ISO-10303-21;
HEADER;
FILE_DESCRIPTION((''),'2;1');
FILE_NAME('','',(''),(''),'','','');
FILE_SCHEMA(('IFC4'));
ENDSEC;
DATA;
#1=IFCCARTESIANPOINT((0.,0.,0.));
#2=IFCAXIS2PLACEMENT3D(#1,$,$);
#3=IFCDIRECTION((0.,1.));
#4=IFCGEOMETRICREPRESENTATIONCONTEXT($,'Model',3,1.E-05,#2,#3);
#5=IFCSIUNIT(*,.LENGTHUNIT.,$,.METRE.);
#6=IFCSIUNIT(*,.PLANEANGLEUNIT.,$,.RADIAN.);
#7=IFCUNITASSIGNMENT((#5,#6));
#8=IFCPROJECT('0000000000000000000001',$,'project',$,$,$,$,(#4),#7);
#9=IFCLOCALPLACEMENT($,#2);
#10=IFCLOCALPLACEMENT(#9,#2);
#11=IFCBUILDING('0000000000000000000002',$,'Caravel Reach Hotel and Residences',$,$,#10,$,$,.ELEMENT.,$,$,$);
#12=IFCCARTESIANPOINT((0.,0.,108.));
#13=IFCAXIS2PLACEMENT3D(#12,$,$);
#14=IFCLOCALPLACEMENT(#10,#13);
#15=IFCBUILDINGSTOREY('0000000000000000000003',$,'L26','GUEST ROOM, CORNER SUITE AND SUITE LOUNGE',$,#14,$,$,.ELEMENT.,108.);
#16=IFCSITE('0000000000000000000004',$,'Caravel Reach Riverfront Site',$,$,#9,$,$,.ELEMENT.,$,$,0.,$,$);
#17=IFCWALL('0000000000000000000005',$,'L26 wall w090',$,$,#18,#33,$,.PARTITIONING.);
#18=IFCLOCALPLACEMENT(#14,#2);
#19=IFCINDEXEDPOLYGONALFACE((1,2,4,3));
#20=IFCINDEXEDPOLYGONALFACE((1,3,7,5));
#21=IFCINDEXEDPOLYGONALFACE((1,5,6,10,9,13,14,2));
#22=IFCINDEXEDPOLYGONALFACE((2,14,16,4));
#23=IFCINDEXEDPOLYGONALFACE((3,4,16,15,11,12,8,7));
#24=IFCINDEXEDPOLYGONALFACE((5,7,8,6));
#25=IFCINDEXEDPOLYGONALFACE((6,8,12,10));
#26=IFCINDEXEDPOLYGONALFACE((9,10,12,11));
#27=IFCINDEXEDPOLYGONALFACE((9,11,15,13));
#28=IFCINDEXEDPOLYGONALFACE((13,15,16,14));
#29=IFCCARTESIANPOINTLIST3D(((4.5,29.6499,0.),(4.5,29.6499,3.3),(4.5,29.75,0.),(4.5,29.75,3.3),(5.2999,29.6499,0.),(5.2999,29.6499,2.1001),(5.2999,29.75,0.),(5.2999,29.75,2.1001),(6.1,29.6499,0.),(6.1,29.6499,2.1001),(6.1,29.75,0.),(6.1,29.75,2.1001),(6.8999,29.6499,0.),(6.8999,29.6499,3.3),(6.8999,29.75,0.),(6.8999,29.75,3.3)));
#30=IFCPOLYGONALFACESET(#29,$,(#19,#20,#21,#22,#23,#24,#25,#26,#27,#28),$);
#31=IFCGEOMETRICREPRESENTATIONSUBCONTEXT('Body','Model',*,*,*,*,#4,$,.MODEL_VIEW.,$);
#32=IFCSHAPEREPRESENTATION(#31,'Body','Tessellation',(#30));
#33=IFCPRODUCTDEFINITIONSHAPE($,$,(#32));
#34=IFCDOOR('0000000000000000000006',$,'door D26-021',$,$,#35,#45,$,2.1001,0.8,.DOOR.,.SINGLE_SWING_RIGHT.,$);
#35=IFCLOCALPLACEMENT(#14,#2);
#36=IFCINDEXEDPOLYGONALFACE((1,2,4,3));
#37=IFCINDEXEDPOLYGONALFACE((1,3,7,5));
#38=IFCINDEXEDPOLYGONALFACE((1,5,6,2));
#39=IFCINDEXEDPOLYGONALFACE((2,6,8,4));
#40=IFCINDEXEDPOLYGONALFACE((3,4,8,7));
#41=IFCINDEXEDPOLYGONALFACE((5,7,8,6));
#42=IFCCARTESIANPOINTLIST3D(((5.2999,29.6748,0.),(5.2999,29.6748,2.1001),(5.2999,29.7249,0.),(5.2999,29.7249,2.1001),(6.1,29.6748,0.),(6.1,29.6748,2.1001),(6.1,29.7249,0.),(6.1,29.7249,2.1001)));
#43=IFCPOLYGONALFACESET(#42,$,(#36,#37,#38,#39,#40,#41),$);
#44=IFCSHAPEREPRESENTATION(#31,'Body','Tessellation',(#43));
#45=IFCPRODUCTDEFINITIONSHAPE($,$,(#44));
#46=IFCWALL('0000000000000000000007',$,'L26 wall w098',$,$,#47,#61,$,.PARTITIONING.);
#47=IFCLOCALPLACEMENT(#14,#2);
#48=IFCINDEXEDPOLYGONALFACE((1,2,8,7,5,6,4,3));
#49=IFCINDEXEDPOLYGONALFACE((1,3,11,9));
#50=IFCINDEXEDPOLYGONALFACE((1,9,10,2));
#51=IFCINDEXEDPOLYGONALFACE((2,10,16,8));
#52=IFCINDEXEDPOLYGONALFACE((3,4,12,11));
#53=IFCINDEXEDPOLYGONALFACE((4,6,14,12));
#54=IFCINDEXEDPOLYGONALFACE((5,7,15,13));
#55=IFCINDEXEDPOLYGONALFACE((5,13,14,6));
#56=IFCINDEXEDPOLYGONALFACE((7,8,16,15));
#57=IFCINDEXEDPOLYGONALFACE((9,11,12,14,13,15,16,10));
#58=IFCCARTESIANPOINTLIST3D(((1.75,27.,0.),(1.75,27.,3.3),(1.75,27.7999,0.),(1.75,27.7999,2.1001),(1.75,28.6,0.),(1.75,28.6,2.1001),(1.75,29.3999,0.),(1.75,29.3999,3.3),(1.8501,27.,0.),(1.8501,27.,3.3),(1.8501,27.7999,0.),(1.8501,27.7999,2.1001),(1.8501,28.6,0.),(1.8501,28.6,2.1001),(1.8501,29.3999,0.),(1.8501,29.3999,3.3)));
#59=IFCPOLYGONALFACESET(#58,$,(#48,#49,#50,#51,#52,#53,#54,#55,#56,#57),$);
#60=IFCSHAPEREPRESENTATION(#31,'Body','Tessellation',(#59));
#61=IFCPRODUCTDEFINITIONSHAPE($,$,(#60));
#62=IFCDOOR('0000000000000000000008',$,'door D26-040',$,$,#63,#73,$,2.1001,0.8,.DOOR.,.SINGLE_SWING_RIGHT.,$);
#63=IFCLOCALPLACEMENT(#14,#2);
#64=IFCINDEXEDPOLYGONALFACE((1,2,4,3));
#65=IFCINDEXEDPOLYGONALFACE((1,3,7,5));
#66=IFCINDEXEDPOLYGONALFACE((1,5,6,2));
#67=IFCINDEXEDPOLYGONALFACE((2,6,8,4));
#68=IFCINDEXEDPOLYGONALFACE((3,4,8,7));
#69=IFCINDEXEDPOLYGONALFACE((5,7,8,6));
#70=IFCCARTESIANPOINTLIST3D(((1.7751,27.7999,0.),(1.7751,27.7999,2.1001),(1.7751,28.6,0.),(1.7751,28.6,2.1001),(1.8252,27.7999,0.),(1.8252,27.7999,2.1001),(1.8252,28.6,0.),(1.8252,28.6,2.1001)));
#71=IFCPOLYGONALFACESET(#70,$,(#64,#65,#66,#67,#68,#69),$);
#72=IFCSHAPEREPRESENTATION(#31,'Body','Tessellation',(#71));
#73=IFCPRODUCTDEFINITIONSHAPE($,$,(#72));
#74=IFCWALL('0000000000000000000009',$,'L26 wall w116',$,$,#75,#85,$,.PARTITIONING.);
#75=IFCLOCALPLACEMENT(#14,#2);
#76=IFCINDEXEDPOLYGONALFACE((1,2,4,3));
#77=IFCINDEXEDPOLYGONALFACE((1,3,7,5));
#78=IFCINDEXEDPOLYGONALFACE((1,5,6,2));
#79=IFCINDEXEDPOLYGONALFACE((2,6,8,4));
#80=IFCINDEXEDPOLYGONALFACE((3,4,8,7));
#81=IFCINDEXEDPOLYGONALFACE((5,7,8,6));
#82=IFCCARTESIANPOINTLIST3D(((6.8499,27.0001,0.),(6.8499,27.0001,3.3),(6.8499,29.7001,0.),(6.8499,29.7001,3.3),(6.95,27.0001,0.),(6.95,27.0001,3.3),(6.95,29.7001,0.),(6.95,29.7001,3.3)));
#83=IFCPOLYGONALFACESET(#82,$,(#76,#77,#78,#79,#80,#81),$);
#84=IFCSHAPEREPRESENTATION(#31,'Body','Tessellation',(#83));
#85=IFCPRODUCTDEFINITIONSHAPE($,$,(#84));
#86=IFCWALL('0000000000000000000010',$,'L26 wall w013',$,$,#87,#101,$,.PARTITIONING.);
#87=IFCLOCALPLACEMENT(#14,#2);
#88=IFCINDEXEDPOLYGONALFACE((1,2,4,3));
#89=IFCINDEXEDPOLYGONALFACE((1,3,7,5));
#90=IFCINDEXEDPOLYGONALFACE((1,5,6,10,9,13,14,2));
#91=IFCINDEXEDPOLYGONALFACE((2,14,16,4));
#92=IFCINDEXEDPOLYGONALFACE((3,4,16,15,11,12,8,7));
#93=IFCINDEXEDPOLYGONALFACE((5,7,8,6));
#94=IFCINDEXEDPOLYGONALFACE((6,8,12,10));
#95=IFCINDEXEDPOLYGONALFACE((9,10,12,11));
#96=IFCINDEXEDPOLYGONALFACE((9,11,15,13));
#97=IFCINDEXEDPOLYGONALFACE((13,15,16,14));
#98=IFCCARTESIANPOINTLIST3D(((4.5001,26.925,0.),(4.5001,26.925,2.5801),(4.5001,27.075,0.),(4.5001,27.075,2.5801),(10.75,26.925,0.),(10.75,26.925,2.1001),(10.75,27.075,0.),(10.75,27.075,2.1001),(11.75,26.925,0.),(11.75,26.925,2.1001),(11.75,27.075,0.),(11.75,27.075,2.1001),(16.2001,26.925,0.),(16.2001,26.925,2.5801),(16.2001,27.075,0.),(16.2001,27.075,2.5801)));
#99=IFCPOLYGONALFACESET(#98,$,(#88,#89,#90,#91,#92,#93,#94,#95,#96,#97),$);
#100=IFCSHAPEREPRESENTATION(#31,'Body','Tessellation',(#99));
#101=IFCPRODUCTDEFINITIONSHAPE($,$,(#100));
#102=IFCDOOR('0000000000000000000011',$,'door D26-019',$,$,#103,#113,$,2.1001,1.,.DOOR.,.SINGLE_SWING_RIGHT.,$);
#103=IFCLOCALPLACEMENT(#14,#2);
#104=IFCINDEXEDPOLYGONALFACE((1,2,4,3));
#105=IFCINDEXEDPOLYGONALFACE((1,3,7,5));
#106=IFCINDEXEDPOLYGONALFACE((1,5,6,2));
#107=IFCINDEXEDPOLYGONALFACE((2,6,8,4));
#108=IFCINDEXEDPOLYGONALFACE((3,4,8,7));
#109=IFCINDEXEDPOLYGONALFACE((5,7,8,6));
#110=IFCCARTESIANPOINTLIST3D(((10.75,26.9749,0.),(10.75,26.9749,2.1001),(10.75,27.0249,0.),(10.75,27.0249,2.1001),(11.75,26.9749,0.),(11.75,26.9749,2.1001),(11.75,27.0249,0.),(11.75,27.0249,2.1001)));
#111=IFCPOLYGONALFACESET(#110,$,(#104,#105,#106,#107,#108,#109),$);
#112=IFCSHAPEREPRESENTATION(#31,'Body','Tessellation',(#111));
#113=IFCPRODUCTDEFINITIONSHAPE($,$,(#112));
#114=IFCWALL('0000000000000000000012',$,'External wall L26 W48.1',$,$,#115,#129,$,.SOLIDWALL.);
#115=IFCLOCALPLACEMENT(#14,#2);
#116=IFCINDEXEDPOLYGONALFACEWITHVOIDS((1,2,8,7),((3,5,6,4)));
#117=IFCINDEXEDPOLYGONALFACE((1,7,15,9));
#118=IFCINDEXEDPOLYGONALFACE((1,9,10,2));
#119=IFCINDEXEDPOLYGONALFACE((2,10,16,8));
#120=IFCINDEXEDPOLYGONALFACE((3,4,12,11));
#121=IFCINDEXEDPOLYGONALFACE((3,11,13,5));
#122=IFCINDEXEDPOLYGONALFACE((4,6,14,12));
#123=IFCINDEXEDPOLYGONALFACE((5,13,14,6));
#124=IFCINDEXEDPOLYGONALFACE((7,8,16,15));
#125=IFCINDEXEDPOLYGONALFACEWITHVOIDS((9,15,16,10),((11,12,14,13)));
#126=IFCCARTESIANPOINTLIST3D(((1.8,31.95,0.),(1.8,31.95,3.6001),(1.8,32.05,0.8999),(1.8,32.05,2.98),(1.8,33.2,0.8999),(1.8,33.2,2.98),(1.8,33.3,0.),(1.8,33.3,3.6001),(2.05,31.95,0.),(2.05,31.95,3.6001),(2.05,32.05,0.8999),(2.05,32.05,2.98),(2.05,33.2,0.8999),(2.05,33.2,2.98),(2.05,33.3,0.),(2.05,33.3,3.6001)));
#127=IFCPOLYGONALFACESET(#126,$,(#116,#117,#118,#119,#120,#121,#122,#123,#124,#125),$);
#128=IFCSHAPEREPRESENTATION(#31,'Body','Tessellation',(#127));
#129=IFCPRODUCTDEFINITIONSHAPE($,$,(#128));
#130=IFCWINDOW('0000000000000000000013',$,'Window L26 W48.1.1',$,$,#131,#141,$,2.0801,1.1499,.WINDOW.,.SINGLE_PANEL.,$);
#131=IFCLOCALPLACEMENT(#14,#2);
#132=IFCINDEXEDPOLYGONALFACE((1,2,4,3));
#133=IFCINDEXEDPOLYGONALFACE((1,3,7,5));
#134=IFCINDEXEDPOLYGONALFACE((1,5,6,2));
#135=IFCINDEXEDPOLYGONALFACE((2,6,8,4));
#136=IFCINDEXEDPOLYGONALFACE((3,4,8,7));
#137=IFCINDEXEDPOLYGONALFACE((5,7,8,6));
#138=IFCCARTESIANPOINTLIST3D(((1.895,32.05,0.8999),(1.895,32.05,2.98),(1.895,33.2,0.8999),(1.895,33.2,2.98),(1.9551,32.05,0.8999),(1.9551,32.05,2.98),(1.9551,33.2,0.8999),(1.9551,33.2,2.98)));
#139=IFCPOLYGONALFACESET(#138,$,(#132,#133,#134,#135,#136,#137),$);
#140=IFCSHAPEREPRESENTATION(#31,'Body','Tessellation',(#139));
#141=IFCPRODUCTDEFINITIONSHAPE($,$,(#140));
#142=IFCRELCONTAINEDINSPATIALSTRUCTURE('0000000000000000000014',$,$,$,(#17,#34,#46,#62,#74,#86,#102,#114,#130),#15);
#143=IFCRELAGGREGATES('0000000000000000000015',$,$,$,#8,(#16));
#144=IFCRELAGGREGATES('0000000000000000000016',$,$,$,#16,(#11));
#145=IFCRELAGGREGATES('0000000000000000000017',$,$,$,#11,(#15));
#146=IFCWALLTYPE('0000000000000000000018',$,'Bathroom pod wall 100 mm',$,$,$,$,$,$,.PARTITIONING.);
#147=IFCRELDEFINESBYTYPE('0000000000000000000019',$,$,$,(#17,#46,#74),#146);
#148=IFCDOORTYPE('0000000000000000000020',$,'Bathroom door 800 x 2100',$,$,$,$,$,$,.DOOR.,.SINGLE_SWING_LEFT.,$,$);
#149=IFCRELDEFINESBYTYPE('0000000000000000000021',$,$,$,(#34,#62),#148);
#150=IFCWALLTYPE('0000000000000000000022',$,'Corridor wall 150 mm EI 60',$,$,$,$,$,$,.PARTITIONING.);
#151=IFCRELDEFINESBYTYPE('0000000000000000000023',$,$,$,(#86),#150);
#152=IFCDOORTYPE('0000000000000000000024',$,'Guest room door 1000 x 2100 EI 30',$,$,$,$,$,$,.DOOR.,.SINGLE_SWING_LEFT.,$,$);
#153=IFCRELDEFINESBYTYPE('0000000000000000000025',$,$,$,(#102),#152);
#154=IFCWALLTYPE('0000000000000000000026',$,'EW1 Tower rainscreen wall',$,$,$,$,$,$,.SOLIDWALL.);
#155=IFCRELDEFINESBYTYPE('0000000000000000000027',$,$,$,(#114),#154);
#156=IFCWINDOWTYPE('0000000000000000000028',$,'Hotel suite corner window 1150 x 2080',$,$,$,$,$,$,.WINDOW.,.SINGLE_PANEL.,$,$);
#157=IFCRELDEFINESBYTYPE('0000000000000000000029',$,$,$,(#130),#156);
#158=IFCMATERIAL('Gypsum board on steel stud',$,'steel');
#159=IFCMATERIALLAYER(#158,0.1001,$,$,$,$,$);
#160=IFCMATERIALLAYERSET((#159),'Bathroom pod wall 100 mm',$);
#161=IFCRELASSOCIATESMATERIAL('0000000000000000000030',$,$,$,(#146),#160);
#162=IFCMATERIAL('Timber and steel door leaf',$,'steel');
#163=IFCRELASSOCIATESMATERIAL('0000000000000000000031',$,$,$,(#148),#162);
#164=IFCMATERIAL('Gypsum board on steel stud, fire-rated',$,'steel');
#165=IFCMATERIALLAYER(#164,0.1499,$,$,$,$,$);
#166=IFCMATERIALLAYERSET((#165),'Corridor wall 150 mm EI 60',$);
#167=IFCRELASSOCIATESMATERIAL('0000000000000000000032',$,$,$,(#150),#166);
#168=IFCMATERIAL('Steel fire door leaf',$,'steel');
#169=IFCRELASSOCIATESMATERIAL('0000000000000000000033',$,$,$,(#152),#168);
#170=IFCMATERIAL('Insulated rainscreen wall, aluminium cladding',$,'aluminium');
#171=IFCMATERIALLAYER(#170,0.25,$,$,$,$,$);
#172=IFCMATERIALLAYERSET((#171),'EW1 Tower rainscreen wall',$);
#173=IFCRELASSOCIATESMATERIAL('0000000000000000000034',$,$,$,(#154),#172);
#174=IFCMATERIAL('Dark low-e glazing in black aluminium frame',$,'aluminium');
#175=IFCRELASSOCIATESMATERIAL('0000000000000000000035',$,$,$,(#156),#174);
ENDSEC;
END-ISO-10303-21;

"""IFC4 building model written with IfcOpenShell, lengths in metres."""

from ifc_helpers import new_model, si_unit, direction, frame, frame_2d, origin, place, context, subcontext, project, spatial, rectangle, extrude, material, layer, layer_set, type_object, element, fill, save


model = new_model("IFC4")

# Units and contexts
model_context = context("Model", 3, precision=1e-05, world=origin(), true_north=direction((0.0, 1.0)))
body_context = subcontext(model_context, "Body", "Model", "MODEL_VIEW")
ifc_project = project(units=[si_unit("LENGTHUNIT", "METRE"), si_unit("PLANEANGLEUNIT", "RADIAN")], contexts=[model_context])

# Site, building, storey
site_placement = place(None, origin())
site = spatial("IfcSite", under=ifc_project, at=site_placement, Name="Caravel Reach Riverfront Site", CompositionType="ELEMENT", RefElevation=0.0)
building_placement = place(site_placement, origin())
building = spatial("IfcBuilding", under=site, at=building_placement, Name="Caravel Reach Hotel and Residences", CompositionType="ELEMENT")
storey_placement = place(building_placement, frame((0.0, 0.0, 108.0)))
storey = spatial("IfcBuildingStorey", under=building, at=storey_placement, Name="L26", Description="GUEST ROOM, CORNER SUITE AND SUITE LOUNGE", CompositionType="ELEMENT", Elevation=108.0)

# Shared definitions
ifc_material_1 = material(Name="Gypsum board on steel stud", Category="steel")
ifc_layer_1 = layer(ifc_material_1, 0.1001)
ifc_layer_set_1 = layer_set([ifc_layer_1], Name="Bathroom pod wall 100 mm")
wall_type_1 = type_object("IfcWallType", Name="Bathroom pod wall 100 mm", PredefinedType="PARTITIONING", material=ifc_layer_set_1)

# Walls, openings, doors
wall_1_placement = place(storey_placement, frame((4.5, 29.7, 0.0), z_axis=(0.0, 0.0, 1.0), x_axis=(1.0, 0.0, 0.0)))
wall_1 = element("IfcWall", 1, at=wall_1_placement, inside=storey, type_object=wall_type_1, Name="L26 wall w090", PredefinedType="PARTITIONING", context=body_context, shape_type="SweptSolid", body=[
    extrude(rectangle(XDim=2.3999, YDim=0.1001, at=frame_2d((1.2, 0.0))), origin(), (0.0, 0.0, 1.0), 3.3),
])
opening_1_placement = place(wall_1_placement, frame((0.8, 0.0, 0.0)))
opening_1 = element("IfcOpeningElement", 2, at=opening_1_placement, cuts=wall_1, PredefinedType="OPENING", context=body_context, shape_type="SweptSolid", body=[
    extrude(rectangle(XDim=0.8, YDim=2.1001, at=frame_2d((0.3999, 1.05))), frame((0.0, 0.0601, 0.0), z_axis=(0.0, -1.0, 0.0), x_axis=(1.0, 0.0, 0.0)), (0.0, 0.0, 1.0), 0.1201),
])
ifc_material_2 = material(Name="Timber and steel door leaf", Category="steel")
door_type_1 = type_object("IfcDoorType", Name="Bathroom door 800 x 2100", OperationType="SINGLE_SWING_LEFT", PredefinedType="DOOR", material=ifc_material_2)
door_1_placement = place(opening_1_placement, origin())
door_1 = element("IfcDoor", 3, at=door_1_placement, inside=storey, type_object=door_type_1, Name="door D26-021", OperationType="SINGLE_SWING_RIGHT", OverallHeight=2.1001, OverallWidth=0.8, PredefinedType="DOOR", context=body_context, shape_type="SweptSolid", body=[
    extrude(rectangle(XDim=0.8, YDim=2.1001, at=frame_2d((0.3999, 1.05))), frame((0.0, 0.0249, 0.0), z_axis=(0.0, -1.0, 0.0), x_axis=(1.0, 0.0, 0.0)), (0.0, 0.0, 1.0), 0.05),
])
fill(opening_1, door_1)
wall_2_placement = place(storey_placement, frame((1.8, 27.0, 0.0), z_axis=(0.0, 0.0, 1.0), x_axis=(0.0, 1.0, 0.0)))
wall_2 = element("IfcWall", 4, at=wall_2_placement, inside=storey, type_object=wall_type_1, Name="L26 wall w098", PredefinedType="PARTITIONING", context=body_context, shape_type="SweptSolid", body=[
    extrude(rectangle(XDim=2.3999, YDim=0.1001, at=frame_2d((1.2, 0.0))), origin(), (0.0, 0.0, 1.0), 3.3),
])
opening_2_placement = place(wall_2_placement, frame((0.8, 0.0, 0.0)))
opening_2 = element("IfcOpeningElement", 5, at=opening_2_placement, cuts=wall_2, PredefinedType="OPENING", context=body_context, shape_type="SweptSolid", body=[
    extrude(rectangle(XDim=0.8, YDim=2.1001, at=frame_2d((0.3999, 1.05))), frame((0.0, 0.0601, 0.0), z_axis=(0.0, -1.0, 0.0), x_axis=(1.0, 0.0, 0.0)), (0.0, 0.0, 1.0), 0.1201),
])
door_2_placement = place(opening_2_placement, origin())
door_2 = element("IfcDoor", 6, at=door_2_placement, inside=storey, type_object=door_type_1, Name="door D26-040", OperationType="SINGLE_SWING_RIGHT", OverallHeight=2.1001, OverallWidth=0.8, PredefinedType="DOOR", context=body_context, shape_type="SweptSolid", body=[
    extrude(rectangle(XDim=0.8, YDim=2.1001, at=frame_2d((0.3999, 1.05))), frame((0.0, 0.0249, 0.0), z_axis=(0.0, -1.0, 0.0), x_axis=(1.0, 0.0, 0.0)), (0.0, 0.0, 1.0), 0.05),
])
fill(opening_2, door_2)

# Wall
wall_3_placement = place(storey_placement, frame((6.8999, 27.0, 0.0), z_axis=(0.0, 0.0, 1.0), x_axis=(0.0, 1.0, 0.0)))
element("IfcWall", 7, at=wall_3_placement, inside=storey, type_object=wall_type_1, Name="L26 wall w116", PredefinedType="PARTITIONING", context=body_context, shape_type="SweptSolid", body=[
    extrude(rectangle(XDim=2.7, YDim=0.1001, at=frame_2d((1.3501, 0.0))), origin(), (0.0, 0.0, 1.0), 3.3),
])

# Wall, opening, door
ifc_material_3 = material(Name="Gypsum board on steel stud, fire-rated", Category="steel")
ifc_layer_2 = layer(ifc_material_3, 0.1499)
ifc_layer_set_2 = layer_set([ifc_layer_2], Name="Corridor wall 150 mm EI 60")
wall_type_2 = type_object("IfcWallType", Name="Corridor wall 150 mm EI 60", PredefinedType="PARTITIONING", material=ifc_layer_set_2)
wall_4_placement = place(storey_placement, frame((4.5, 27.0, 0.0), z_axis=(0.0, 0.0, 1.0), x_axis=(1.0, 0.0, 0.0)))
wall_4 = element("IfcWall", 8, at=wall_4_placement, inside=storey, type_object=wall_type_2, Name="L26 wall w013", PredefinedType="PARTITIONING", context=body_context, shape_type="SweptSolid", body=[
    extrude(rectangle(XDim=11.7, YDim=0.1499, at=frame_2d((5.8501, 0.0))), origin(), (0.0, 0.0, 1.0), 2.5801),
])
opening_3_placement = place(wall_4_placement, frame((6.25, 0.0, 0.0)))
opening_3 = element("IfcOpeningElement", 9, at=opening_3_placement, cuts=wall_4, PredefinedType="OPENING", context=body_context, shape_type="SweptSolid", body=[
    extrude(rectangle(XDim=1.0, YDim=2.1001, at=frame_2d((0.5, 1.05))), frame((0.0, 0.085, 0.0), z_axis=(0.0, -1.0, 0.0), x_axis=(1.0, 0.0, 0.0)), (0.0, 0.0, 1.0), 0.1699),
])
ifc_material_4 = material(Name="Steel fire door leaf", Category="steel")
door_type_2 = type_object("IfcDoorType", Name="Guest room door 1000 x 2100 EI 30", OperationType="SINGLE_SWING_LEFT", PredefinedType="DOOR", material=ifc_material_4)
door_3_placement = place(opening_3_placement, origin())
door_3 = element("IfcDoor", 10, at=door_3_placement, inside=storey, type_object=door_type_2, Name="door D26-019", OperationType="SINGLE_SWING_RIGHT", OverallHeight=2.1001, OverallWidth=1.0, PredefinedType="DOOR", context=body_context, shape_type="SweptSolid", body=[
    extrude(rectangle(XDim=1.0, YDim=2.1001, at=frame_2d((0.5, 1.05))), frame((0.0, 0.0249, 0.0), z_axis=(0.0, -1.0, 0.0), x_axis=(1.0, 0.0, 0.0)), (0.0, 0.0, 1.0), 0.05),
])
fill(opening_3, door_3)

# Wall, opening, window
ifc_material_5 = material(Name="Insulated rainscreen wall, aluminium cladding", Category="aluminium")
ifc_layer_3 = layer(ifc_material_5, 0.25)
ifc_layer_set_3 = layer_set([ifc_layer_3], Name="EW1 Tower rainscreen wall")
wall_type_3 = type_object("IfcWallType", Name="EW1 Tower rainscreen wall", PredefinedType="SOLIDWALL", material=ifc_layer_set_3)
wall_5_placement = place(storey_placement, frame((1.925, 33.3, 0.0), z_axis=(0.0, 0.0, 1.0), x_axis=(0.0, -1.0, 0.0)))
wall_5 = element("IfcWall", 11, at=wall_5_placement, inside=storey, type_object=wall_type_3, Name="External wall L26 W48.1", PredefinedType="SOLIDWALL", context=body_context, shape_type="SweptSolid", body=[
    extrude(rectangle(XDim=1.3501, YDim=0.25, at=frame_2d((0.675, 0.0))), origin(), (0.0, 0.0, 1.0), 3.6001),
])
opening_4_placement = place(wall_5_placement, frame((0.1001, 0.0, 0.8999)))
opening_4 = element("IfcOpeningElement", 12, at=opening_4_placement, cuts=wall_5, PredefinedType="OPENING", context=body_context, shape_type="SweptSolid", body=[
    extrude(rectangle(XDim=1.1499, YDim=2.0801, at=frame_2d((0.575, 1.04))), frame((0.0, 0.135, 0.0), z_axis=(0.0, -1.0, 0.0), x_axis=(1.0, 0.0, 0.0)), (0.0, 0.0, 1.0), 0.27),
])
ifc_material_6 = material(Name="Dark low-e glazing in black aluminium frame", Category="aluminium")
window_type_1 = type_object("IfcWindowType", Name="Hotel suite corner window 1150 x 2080", PartitioningType="SINGLE_PANEL", PredefinedType="WINDOW", material=ifc_material_6)
window_1_placement = place(opening_4_placement, origin())
window_1 = element("IfcWindow", 13, at=window_1_placement, inside=storey, type_object=window_type_1, Name="Window L26 W48.1.1", OverallHeight=2.0801, OverallWidth=1.1499, PartitioningType="SINGLE_PANEL", PredefinedType="WINDOW", context=body_context, shape_type="SweptSolid", body=[
    extrude(rectangle(XDim=1.1499, YDim=2.0801, at=frame_2d((0.575, 1.04))), frame((0.0, 0.03, 0.0), z_axis=(0.0, -1.0, 0.0), x_axis=(1.0, 0.0, 0.0)), (0.0, 0.0, 1.0), 0.0601),
])
fill(opening_4, window_1)

save(model, "model.ifc")
